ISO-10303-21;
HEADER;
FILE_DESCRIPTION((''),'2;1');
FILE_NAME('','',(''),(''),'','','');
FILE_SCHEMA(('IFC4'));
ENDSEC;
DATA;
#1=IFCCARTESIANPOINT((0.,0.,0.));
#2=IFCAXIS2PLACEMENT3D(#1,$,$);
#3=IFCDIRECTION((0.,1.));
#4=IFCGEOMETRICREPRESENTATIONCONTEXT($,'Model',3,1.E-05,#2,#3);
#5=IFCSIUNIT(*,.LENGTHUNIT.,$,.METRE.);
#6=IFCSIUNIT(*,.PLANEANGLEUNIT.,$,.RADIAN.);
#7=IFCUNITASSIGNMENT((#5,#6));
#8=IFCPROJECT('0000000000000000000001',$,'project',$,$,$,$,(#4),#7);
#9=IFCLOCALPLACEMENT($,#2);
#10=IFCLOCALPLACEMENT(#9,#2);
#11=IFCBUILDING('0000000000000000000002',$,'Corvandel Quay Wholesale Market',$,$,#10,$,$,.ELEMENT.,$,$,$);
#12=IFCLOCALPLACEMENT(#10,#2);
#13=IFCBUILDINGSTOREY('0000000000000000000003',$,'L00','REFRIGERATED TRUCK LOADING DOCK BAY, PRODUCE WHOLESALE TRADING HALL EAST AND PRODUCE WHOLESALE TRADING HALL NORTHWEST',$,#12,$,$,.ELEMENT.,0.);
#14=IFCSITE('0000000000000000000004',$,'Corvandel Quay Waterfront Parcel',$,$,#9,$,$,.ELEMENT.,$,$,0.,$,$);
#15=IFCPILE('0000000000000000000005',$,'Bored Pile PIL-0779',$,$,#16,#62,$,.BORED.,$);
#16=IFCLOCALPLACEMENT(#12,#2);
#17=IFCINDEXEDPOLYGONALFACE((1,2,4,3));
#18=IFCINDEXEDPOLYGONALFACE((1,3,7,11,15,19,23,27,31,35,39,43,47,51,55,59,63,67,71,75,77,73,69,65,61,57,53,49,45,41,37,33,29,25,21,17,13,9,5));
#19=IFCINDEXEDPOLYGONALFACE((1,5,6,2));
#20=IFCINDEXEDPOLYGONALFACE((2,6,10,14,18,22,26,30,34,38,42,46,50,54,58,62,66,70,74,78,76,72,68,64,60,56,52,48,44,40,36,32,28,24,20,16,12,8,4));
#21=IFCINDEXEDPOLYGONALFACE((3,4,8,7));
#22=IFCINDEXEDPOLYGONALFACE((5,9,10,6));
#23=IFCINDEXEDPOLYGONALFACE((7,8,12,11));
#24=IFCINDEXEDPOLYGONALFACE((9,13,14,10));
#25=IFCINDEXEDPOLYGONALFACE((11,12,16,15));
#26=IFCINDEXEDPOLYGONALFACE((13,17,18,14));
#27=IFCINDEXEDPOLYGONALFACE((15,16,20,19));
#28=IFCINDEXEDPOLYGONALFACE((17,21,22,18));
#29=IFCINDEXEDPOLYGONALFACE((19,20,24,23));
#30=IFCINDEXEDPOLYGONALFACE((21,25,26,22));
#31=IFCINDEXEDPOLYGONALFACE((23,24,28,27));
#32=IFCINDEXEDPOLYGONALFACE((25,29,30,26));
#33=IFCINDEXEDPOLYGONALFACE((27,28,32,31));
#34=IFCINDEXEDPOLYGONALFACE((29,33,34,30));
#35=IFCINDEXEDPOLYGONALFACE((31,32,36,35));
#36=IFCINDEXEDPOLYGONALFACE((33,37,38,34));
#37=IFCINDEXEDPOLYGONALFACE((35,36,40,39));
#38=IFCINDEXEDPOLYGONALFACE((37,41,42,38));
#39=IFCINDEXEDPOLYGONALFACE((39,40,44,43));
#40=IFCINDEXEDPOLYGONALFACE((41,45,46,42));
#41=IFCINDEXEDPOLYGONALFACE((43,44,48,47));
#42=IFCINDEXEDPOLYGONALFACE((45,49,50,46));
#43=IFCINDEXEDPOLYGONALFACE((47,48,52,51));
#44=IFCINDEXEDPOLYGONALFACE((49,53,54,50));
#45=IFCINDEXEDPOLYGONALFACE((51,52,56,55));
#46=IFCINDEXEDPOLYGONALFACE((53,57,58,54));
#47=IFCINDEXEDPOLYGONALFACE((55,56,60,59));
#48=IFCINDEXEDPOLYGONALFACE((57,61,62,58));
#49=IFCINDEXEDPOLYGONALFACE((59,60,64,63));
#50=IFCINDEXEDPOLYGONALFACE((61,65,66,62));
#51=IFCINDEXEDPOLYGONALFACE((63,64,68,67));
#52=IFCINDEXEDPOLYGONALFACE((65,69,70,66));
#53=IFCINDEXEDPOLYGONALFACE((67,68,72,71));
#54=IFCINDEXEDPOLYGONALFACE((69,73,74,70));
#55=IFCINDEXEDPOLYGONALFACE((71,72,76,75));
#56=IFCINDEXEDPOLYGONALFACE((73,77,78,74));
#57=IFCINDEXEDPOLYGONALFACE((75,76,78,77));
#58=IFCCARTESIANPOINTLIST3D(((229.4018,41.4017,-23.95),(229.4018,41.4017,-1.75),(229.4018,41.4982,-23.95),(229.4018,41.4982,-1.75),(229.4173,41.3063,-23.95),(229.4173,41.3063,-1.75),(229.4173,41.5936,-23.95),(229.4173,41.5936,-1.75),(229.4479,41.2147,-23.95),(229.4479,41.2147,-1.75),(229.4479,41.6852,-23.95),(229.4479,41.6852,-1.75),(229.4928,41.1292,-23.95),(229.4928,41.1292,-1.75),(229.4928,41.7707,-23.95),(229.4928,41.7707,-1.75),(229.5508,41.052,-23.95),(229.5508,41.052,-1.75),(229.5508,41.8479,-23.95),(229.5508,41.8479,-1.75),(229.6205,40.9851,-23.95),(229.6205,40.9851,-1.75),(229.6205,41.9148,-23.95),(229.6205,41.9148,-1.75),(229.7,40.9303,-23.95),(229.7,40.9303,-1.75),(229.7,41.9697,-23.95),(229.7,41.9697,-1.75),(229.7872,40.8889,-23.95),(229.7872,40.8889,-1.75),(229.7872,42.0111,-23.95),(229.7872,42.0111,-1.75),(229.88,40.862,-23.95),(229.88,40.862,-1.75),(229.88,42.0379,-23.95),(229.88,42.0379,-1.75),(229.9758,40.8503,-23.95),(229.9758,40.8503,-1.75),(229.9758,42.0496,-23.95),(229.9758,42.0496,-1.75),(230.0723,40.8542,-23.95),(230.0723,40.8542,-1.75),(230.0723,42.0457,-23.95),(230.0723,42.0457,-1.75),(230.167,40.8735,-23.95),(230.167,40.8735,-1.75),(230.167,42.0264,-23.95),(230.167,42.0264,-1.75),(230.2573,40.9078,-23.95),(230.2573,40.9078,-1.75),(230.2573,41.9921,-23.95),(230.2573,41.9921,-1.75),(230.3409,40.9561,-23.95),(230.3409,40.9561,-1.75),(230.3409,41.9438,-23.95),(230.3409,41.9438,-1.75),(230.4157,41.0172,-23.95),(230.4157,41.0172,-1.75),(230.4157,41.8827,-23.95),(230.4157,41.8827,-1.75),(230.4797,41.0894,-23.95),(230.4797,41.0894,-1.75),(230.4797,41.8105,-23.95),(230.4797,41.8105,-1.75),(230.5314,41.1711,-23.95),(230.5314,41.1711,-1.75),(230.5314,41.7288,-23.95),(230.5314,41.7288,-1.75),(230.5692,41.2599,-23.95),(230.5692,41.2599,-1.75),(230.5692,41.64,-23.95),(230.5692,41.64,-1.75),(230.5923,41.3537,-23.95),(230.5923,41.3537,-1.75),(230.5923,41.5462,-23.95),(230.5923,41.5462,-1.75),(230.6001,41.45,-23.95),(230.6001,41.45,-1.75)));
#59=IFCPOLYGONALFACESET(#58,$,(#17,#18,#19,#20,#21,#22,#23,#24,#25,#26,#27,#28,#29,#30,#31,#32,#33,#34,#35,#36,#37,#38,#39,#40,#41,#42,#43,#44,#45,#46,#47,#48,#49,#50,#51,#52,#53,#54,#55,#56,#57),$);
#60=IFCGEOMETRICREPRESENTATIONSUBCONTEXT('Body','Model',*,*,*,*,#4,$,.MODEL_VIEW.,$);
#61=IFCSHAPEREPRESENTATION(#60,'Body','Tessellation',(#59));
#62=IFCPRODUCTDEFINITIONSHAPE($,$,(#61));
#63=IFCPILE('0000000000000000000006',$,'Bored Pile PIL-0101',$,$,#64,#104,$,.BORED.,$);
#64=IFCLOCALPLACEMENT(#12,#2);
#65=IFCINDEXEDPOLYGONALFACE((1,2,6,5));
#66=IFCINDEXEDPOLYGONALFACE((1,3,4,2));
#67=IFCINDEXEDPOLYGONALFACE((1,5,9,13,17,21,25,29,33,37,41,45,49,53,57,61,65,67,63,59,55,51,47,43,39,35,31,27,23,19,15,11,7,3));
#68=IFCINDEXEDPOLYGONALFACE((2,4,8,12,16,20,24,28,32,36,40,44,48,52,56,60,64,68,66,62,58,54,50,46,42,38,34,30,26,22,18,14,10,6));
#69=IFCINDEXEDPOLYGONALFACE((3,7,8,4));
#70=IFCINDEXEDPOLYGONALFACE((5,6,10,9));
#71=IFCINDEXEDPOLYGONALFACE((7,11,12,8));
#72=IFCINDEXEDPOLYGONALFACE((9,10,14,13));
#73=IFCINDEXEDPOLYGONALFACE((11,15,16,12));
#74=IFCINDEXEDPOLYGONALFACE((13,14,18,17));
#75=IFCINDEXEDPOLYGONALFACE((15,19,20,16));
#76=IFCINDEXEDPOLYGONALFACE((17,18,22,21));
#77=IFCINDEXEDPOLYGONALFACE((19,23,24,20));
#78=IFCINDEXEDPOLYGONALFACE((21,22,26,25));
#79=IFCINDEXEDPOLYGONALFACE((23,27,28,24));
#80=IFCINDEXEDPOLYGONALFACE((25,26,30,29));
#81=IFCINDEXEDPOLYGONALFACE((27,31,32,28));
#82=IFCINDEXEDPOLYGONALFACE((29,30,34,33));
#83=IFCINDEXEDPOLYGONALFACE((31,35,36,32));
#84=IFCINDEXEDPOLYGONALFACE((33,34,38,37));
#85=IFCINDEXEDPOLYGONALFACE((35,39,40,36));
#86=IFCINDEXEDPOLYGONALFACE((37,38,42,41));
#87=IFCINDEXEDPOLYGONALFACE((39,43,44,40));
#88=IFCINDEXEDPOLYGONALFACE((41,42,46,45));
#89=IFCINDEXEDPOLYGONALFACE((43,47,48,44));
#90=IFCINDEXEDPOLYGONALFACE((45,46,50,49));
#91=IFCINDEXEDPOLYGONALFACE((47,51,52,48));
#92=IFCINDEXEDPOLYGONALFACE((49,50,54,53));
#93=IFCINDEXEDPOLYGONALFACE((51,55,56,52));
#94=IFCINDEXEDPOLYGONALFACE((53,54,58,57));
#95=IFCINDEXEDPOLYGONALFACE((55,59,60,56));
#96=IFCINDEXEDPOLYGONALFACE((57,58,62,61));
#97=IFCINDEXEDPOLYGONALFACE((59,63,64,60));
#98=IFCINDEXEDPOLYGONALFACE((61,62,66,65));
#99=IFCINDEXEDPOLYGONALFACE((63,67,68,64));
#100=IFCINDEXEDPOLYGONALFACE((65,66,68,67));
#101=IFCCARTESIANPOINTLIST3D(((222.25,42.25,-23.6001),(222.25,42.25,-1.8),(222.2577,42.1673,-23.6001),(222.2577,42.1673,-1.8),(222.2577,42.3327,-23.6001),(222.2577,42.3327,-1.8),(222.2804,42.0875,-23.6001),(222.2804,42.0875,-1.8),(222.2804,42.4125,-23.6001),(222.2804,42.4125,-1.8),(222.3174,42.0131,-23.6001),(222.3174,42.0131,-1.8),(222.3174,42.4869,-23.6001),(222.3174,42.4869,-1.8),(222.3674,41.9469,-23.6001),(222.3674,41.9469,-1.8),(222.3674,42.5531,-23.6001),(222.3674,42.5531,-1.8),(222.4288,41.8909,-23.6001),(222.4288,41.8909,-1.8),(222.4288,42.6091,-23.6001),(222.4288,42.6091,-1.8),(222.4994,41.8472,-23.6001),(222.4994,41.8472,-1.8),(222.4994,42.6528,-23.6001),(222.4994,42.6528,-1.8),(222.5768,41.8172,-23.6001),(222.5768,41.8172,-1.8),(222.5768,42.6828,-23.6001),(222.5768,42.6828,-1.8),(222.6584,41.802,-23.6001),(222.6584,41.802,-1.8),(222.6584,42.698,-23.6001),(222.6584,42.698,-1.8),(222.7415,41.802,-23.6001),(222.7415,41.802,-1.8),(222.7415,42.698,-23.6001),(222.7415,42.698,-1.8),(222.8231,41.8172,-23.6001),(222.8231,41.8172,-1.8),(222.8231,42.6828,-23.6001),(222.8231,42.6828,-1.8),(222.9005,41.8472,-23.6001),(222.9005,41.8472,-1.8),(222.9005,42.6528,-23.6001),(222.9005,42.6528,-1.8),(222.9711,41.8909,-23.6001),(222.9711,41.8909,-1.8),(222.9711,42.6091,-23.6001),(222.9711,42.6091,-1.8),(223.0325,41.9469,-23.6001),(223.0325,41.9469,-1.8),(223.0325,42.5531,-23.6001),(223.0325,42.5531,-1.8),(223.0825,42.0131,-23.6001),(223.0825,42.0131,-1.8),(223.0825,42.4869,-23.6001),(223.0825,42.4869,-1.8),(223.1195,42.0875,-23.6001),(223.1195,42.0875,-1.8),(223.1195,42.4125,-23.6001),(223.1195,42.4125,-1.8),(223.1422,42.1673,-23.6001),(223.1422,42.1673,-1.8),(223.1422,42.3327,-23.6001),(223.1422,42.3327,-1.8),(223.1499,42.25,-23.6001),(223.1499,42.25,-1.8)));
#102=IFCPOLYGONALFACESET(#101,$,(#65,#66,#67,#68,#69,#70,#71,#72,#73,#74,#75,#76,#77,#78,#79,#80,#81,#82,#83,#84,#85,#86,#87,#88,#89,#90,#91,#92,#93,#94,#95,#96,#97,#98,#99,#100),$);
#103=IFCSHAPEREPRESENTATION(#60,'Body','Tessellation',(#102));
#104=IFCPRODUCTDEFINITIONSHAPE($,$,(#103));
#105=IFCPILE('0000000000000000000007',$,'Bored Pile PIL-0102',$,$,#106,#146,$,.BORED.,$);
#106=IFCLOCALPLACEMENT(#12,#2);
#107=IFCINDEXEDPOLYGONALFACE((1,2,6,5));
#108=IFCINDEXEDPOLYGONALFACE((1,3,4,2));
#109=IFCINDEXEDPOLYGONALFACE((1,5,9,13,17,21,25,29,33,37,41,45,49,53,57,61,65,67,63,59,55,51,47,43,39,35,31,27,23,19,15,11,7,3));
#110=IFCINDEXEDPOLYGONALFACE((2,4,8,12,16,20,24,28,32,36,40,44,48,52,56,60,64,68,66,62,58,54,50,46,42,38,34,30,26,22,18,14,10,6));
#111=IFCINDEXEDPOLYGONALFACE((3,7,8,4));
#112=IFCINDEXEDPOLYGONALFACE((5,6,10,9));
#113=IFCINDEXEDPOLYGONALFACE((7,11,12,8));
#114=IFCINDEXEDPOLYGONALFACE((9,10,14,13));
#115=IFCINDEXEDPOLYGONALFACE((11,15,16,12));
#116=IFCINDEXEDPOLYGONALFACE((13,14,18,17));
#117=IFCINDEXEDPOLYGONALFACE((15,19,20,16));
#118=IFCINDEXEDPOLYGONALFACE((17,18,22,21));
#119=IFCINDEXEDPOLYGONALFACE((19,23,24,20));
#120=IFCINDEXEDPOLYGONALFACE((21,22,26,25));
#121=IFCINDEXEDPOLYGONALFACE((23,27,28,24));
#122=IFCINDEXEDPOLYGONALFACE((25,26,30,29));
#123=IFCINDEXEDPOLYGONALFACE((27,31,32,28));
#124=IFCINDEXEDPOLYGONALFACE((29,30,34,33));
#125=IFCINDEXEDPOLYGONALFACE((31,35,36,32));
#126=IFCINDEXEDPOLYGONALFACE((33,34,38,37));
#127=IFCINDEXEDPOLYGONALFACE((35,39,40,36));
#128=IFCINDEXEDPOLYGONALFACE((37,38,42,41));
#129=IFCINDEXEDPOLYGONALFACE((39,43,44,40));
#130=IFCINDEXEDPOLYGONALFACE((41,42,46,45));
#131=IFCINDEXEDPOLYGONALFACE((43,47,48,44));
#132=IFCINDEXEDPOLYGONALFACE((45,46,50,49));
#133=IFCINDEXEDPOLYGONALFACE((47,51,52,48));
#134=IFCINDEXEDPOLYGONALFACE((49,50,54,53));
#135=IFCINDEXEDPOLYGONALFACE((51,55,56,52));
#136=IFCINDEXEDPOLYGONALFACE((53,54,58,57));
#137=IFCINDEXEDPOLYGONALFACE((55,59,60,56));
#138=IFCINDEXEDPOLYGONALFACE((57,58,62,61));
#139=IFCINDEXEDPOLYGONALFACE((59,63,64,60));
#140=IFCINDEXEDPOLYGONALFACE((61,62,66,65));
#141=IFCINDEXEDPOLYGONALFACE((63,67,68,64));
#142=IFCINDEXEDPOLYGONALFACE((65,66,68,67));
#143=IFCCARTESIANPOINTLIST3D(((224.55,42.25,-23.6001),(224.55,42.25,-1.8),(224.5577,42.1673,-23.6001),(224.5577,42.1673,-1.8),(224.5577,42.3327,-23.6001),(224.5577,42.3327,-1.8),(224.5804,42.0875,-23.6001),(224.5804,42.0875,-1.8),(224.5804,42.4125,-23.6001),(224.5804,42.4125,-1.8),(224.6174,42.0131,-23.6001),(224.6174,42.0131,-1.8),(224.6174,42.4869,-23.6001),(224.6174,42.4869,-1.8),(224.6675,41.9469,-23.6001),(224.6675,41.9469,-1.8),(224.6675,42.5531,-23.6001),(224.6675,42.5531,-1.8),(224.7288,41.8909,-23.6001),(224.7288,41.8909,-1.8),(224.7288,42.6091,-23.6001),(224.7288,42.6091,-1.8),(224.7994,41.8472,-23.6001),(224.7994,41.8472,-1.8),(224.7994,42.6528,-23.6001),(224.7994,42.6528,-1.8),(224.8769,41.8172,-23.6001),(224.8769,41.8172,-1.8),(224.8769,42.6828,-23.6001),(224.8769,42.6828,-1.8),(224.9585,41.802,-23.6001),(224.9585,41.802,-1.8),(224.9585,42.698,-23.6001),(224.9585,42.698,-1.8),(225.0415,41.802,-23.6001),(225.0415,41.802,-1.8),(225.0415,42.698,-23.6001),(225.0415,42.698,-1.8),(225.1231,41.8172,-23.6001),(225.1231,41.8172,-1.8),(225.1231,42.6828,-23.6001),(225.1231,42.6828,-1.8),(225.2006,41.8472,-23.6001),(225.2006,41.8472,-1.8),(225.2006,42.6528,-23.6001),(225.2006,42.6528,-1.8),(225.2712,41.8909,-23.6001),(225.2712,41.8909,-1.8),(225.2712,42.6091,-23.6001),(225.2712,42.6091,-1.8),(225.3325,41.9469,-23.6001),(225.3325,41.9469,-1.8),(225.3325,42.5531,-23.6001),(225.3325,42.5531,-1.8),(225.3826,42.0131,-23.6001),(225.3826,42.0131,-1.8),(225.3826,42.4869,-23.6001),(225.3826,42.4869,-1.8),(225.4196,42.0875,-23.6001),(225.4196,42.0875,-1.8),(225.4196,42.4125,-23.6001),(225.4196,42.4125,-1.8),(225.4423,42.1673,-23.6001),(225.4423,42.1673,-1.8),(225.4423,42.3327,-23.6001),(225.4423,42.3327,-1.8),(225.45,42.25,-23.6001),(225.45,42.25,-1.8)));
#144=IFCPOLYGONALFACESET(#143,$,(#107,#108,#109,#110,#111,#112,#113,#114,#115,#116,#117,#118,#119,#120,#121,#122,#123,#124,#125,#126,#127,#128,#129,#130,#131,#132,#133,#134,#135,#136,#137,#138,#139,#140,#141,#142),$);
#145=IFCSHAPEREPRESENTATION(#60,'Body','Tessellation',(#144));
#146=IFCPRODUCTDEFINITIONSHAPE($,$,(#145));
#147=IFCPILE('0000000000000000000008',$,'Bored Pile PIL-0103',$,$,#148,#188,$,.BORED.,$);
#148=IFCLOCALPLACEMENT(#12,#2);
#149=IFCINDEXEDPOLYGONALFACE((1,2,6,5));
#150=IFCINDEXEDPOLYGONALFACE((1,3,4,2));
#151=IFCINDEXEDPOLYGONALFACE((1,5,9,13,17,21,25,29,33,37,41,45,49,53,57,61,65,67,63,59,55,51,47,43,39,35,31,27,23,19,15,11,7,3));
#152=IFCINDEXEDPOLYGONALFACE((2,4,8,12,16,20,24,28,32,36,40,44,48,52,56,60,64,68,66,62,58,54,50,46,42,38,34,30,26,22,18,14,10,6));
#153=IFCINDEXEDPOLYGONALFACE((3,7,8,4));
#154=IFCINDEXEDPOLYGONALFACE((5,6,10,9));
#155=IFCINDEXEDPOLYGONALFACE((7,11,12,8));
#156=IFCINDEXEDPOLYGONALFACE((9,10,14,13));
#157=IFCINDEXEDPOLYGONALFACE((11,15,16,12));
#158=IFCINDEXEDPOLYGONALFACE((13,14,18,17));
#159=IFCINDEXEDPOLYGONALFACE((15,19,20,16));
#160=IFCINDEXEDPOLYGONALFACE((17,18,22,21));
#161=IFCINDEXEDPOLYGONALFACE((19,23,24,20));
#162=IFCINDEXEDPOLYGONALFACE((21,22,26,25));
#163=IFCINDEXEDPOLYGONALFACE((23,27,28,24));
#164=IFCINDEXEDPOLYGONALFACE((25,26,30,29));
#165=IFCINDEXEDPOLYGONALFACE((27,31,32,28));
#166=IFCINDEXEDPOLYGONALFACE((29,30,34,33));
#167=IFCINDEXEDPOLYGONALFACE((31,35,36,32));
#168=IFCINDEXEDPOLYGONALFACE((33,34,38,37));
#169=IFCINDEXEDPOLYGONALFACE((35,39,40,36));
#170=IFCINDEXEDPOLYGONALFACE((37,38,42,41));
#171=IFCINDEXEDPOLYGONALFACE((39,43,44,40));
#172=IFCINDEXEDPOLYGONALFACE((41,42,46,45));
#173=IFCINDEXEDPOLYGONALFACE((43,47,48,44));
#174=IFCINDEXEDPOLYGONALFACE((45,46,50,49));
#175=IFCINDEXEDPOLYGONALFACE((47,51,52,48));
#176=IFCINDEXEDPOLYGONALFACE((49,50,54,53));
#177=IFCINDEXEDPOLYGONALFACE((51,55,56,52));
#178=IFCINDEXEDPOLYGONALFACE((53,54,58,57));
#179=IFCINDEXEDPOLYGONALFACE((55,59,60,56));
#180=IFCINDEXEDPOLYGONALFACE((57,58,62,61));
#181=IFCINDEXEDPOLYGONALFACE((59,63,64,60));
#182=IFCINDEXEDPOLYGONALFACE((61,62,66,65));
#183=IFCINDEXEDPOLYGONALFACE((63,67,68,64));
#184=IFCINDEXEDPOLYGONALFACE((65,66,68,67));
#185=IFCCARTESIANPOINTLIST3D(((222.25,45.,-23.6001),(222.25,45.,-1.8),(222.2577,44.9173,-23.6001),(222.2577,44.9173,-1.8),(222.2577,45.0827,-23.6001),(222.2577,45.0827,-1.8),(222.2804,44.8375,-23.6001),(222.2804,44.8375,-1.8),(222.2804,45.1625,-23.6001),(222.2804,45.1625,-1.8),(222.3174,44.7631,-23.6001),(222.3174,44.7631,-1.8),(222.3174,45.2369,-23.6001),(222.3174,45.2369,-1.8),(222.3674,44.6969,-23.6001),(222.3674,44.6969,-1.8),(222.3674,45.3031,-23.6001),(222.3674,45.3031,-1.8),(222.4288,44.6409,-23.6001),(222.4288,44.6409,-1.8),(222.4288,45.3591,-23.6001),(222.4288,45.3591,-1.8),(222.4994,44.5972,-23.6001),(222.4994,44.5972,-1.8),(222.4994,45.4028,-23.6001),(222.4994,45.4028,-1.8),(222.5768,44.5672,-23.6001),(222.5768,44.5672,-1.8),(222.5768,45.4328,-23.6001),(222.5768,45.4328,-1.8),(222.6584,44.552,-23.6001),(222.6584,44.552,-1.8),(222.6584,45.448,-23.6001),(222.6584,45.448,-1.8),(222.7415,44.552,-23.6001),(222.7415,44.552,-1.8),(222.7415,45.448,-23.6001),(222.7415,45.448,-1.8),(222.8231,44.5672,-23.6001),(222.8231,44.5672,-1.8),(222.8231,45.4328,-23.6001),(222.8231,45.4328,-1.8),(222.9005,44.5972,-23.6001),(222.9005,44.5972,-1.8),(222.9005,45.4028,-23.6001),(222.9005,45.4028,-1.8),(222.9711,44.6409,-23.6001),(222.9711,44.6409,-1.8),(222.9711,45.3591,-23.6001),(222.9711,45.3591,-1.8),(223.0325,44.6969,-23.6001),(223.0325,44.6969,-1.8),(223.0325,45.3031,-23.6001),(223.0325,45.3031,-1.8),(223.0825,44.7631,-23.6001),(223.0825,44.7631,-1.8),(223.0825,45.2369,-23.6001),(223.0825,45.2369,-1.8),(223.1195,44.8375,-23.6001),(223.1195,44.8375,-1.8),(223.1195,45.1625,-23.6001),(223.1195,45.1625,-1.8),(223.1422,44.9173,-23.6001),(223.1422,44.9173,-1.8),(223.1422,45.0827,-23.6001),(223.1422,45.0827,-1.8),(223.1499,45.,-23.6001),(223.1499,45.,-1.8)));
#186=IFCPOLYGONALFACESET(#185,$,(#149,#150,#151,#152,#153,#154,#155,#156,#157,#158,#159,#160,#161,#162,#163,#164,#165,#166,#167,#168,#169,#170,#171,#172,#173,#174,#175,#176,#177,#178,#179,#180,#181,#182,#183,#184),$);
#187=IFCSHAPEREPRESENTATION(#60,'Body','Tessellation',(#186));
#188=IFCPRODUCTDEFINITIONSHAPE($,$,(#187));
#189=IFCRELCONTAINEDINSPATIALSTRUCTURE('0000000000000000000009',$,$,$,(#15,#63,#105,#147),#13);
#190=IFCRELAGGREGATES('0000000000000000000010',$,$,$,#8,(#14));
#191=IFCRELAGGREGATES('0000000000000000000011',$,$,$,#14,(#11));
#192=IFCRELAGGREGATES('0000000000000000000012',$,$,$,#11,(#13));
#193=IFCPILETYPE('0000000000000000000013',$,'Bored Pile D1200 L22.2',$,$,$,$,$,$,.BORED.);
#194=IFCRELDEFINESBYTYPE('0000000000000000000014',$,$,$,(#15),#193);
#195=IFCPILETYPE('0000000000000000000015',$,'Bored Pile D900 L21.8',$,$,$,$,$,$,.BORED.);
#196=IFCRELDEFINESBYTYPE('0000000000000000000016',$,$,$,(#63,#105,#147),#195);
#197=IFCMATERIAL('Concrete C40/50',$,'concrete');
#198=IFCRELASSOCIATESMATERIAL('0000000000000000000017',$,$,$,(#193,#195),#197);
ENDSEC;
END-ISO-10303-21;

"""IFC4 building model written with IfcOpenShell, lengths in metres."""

from ifc_helpers import new_model, si_unit, direction, frame, origin, origin_2d, place, context, subcontext, project, spatial, circle, extrude, material, material_profile, profile_set, type_object, element, save


model = new_model("IFC4")

# Units and contexts
model_context = context("Model", 3, precision=1e-05, world=origin(), true_north=direction((0.0, 1.0)))
body_context = subcontext(model_context, "Body", "Model", "MODEL_VIEW")
ifc_project = project(units=[si_unit("LENGTHUNIT", "METRE"), si_unit("PLANEANGLEUNIT", "RADIAN")], contexts=[model_context])

# Site, building, storey
site_placement = place(None, origin())
site = spatial("IfcSite", under=ifc_project, at=site_placement, Name="Corvandel Quay Waterfront Parcel", CompositionType="ELEMENT", RefElevation=0.0)
building_placement = place(site_placement, origin())
building = spatial("IfcBuilding", under=site, at=building_placement, Name="Corvandel Quay Wholesale Market", CompositionType="ELEMENT")
storey_placement = place(building_placement, origin())
storey = spatial("IfcBuildingStorey", under=building, at=storey_placement, Name="L00", Description="REFRIGERATED TRUCK LOADING DOCK BAY, PRODUCE WHOLESALE TRADING HALL EAST AND PRODUCE WHOLESALE TRADING HALL NORTHWEST", CompositionType="ELEMENT", Elevation=0.0)

# Piles
ifc_material_1 = material(Name="Concrete C40/50", Category="concrete")
ifc_material_profile_1 = material_profile(ifc_material_1, circle(Radius=0.6001, at=origin_2d()), Name="RC-PILE-D1200")
ifc_profile_set_1 = profile_set([ifc_material_profile_1], Name="Concrete C40/50")
pile_type_1 = type_object("IfcPileType", Name="Bored Pile D1200 L22.2", PredefinedType="BORED", material=ifc_profile_set_1)
pile_placement = place(storey_placement, frame((230.0, 41.45, -1.75), z_axis=(0.0, 0.0, -1.0), x_axis=(1.0, 0.0, 0.0)))
element("IfcPile", 1, at=pile_placement, inside=storey, type_object=pile_type_1, Name="Bored Pile PIL-0779", PredefinedType="BORED", context=body_context, shape_type="SweptSolid", body=[
    extrude(circle(Radius=0.6001, at=origin_2d()), origin(), (0.0, 0.0, 1.0), 22.2),
])
ifc_material_profile_2 = material_profile(ifc_material_1, circle(Radius=0.45, at=origin_2d()), Name="RC-PILE-D900")
ifc_profile_set_2 = profile_set([ifc_material_profile_2], Name="Concrete C40/50")
pile_type_2 = type_object("IfcPileType", Name="Bored Pile D900 L21.8", PredefinedType="BORED", material=ifc_profile_set_2)
for number, where, z_axis, x_axis, name in (
    (2, (222.7, 42.25, -1.8), (0.0, 0.0, -1.0), (1.0, 0.0, 0.0), "Bored Pile PIL-0101"),
    (3, (225.0, 42.25, -1.8), (0.0, 0.0, -1.0), (1.0, 0.0, 0.0), "Bored Pile PIL-0102"),
    (4, (222.7, 45.0, -1.8), (0.0, 0.0, -1.0), (1.0, 0.0, 0.0), "Bored Pile PIL-0103"),
):
    element("IfcPile", number, at=place(storey_placement, frame(where, z_axis=z_axis, x_axis=x_axis)), inside=storey, type_object=pile_type_2, Name=name, PredefinedType="BORED", context=body_context, shape_type="SweptSolid", body=[
        extrude(circle(Radius=0.45, at=origin_2d()), origin(), (0.0, 0.0, 1.0), 21.8),
    ])

save(model, "model.ifc")
